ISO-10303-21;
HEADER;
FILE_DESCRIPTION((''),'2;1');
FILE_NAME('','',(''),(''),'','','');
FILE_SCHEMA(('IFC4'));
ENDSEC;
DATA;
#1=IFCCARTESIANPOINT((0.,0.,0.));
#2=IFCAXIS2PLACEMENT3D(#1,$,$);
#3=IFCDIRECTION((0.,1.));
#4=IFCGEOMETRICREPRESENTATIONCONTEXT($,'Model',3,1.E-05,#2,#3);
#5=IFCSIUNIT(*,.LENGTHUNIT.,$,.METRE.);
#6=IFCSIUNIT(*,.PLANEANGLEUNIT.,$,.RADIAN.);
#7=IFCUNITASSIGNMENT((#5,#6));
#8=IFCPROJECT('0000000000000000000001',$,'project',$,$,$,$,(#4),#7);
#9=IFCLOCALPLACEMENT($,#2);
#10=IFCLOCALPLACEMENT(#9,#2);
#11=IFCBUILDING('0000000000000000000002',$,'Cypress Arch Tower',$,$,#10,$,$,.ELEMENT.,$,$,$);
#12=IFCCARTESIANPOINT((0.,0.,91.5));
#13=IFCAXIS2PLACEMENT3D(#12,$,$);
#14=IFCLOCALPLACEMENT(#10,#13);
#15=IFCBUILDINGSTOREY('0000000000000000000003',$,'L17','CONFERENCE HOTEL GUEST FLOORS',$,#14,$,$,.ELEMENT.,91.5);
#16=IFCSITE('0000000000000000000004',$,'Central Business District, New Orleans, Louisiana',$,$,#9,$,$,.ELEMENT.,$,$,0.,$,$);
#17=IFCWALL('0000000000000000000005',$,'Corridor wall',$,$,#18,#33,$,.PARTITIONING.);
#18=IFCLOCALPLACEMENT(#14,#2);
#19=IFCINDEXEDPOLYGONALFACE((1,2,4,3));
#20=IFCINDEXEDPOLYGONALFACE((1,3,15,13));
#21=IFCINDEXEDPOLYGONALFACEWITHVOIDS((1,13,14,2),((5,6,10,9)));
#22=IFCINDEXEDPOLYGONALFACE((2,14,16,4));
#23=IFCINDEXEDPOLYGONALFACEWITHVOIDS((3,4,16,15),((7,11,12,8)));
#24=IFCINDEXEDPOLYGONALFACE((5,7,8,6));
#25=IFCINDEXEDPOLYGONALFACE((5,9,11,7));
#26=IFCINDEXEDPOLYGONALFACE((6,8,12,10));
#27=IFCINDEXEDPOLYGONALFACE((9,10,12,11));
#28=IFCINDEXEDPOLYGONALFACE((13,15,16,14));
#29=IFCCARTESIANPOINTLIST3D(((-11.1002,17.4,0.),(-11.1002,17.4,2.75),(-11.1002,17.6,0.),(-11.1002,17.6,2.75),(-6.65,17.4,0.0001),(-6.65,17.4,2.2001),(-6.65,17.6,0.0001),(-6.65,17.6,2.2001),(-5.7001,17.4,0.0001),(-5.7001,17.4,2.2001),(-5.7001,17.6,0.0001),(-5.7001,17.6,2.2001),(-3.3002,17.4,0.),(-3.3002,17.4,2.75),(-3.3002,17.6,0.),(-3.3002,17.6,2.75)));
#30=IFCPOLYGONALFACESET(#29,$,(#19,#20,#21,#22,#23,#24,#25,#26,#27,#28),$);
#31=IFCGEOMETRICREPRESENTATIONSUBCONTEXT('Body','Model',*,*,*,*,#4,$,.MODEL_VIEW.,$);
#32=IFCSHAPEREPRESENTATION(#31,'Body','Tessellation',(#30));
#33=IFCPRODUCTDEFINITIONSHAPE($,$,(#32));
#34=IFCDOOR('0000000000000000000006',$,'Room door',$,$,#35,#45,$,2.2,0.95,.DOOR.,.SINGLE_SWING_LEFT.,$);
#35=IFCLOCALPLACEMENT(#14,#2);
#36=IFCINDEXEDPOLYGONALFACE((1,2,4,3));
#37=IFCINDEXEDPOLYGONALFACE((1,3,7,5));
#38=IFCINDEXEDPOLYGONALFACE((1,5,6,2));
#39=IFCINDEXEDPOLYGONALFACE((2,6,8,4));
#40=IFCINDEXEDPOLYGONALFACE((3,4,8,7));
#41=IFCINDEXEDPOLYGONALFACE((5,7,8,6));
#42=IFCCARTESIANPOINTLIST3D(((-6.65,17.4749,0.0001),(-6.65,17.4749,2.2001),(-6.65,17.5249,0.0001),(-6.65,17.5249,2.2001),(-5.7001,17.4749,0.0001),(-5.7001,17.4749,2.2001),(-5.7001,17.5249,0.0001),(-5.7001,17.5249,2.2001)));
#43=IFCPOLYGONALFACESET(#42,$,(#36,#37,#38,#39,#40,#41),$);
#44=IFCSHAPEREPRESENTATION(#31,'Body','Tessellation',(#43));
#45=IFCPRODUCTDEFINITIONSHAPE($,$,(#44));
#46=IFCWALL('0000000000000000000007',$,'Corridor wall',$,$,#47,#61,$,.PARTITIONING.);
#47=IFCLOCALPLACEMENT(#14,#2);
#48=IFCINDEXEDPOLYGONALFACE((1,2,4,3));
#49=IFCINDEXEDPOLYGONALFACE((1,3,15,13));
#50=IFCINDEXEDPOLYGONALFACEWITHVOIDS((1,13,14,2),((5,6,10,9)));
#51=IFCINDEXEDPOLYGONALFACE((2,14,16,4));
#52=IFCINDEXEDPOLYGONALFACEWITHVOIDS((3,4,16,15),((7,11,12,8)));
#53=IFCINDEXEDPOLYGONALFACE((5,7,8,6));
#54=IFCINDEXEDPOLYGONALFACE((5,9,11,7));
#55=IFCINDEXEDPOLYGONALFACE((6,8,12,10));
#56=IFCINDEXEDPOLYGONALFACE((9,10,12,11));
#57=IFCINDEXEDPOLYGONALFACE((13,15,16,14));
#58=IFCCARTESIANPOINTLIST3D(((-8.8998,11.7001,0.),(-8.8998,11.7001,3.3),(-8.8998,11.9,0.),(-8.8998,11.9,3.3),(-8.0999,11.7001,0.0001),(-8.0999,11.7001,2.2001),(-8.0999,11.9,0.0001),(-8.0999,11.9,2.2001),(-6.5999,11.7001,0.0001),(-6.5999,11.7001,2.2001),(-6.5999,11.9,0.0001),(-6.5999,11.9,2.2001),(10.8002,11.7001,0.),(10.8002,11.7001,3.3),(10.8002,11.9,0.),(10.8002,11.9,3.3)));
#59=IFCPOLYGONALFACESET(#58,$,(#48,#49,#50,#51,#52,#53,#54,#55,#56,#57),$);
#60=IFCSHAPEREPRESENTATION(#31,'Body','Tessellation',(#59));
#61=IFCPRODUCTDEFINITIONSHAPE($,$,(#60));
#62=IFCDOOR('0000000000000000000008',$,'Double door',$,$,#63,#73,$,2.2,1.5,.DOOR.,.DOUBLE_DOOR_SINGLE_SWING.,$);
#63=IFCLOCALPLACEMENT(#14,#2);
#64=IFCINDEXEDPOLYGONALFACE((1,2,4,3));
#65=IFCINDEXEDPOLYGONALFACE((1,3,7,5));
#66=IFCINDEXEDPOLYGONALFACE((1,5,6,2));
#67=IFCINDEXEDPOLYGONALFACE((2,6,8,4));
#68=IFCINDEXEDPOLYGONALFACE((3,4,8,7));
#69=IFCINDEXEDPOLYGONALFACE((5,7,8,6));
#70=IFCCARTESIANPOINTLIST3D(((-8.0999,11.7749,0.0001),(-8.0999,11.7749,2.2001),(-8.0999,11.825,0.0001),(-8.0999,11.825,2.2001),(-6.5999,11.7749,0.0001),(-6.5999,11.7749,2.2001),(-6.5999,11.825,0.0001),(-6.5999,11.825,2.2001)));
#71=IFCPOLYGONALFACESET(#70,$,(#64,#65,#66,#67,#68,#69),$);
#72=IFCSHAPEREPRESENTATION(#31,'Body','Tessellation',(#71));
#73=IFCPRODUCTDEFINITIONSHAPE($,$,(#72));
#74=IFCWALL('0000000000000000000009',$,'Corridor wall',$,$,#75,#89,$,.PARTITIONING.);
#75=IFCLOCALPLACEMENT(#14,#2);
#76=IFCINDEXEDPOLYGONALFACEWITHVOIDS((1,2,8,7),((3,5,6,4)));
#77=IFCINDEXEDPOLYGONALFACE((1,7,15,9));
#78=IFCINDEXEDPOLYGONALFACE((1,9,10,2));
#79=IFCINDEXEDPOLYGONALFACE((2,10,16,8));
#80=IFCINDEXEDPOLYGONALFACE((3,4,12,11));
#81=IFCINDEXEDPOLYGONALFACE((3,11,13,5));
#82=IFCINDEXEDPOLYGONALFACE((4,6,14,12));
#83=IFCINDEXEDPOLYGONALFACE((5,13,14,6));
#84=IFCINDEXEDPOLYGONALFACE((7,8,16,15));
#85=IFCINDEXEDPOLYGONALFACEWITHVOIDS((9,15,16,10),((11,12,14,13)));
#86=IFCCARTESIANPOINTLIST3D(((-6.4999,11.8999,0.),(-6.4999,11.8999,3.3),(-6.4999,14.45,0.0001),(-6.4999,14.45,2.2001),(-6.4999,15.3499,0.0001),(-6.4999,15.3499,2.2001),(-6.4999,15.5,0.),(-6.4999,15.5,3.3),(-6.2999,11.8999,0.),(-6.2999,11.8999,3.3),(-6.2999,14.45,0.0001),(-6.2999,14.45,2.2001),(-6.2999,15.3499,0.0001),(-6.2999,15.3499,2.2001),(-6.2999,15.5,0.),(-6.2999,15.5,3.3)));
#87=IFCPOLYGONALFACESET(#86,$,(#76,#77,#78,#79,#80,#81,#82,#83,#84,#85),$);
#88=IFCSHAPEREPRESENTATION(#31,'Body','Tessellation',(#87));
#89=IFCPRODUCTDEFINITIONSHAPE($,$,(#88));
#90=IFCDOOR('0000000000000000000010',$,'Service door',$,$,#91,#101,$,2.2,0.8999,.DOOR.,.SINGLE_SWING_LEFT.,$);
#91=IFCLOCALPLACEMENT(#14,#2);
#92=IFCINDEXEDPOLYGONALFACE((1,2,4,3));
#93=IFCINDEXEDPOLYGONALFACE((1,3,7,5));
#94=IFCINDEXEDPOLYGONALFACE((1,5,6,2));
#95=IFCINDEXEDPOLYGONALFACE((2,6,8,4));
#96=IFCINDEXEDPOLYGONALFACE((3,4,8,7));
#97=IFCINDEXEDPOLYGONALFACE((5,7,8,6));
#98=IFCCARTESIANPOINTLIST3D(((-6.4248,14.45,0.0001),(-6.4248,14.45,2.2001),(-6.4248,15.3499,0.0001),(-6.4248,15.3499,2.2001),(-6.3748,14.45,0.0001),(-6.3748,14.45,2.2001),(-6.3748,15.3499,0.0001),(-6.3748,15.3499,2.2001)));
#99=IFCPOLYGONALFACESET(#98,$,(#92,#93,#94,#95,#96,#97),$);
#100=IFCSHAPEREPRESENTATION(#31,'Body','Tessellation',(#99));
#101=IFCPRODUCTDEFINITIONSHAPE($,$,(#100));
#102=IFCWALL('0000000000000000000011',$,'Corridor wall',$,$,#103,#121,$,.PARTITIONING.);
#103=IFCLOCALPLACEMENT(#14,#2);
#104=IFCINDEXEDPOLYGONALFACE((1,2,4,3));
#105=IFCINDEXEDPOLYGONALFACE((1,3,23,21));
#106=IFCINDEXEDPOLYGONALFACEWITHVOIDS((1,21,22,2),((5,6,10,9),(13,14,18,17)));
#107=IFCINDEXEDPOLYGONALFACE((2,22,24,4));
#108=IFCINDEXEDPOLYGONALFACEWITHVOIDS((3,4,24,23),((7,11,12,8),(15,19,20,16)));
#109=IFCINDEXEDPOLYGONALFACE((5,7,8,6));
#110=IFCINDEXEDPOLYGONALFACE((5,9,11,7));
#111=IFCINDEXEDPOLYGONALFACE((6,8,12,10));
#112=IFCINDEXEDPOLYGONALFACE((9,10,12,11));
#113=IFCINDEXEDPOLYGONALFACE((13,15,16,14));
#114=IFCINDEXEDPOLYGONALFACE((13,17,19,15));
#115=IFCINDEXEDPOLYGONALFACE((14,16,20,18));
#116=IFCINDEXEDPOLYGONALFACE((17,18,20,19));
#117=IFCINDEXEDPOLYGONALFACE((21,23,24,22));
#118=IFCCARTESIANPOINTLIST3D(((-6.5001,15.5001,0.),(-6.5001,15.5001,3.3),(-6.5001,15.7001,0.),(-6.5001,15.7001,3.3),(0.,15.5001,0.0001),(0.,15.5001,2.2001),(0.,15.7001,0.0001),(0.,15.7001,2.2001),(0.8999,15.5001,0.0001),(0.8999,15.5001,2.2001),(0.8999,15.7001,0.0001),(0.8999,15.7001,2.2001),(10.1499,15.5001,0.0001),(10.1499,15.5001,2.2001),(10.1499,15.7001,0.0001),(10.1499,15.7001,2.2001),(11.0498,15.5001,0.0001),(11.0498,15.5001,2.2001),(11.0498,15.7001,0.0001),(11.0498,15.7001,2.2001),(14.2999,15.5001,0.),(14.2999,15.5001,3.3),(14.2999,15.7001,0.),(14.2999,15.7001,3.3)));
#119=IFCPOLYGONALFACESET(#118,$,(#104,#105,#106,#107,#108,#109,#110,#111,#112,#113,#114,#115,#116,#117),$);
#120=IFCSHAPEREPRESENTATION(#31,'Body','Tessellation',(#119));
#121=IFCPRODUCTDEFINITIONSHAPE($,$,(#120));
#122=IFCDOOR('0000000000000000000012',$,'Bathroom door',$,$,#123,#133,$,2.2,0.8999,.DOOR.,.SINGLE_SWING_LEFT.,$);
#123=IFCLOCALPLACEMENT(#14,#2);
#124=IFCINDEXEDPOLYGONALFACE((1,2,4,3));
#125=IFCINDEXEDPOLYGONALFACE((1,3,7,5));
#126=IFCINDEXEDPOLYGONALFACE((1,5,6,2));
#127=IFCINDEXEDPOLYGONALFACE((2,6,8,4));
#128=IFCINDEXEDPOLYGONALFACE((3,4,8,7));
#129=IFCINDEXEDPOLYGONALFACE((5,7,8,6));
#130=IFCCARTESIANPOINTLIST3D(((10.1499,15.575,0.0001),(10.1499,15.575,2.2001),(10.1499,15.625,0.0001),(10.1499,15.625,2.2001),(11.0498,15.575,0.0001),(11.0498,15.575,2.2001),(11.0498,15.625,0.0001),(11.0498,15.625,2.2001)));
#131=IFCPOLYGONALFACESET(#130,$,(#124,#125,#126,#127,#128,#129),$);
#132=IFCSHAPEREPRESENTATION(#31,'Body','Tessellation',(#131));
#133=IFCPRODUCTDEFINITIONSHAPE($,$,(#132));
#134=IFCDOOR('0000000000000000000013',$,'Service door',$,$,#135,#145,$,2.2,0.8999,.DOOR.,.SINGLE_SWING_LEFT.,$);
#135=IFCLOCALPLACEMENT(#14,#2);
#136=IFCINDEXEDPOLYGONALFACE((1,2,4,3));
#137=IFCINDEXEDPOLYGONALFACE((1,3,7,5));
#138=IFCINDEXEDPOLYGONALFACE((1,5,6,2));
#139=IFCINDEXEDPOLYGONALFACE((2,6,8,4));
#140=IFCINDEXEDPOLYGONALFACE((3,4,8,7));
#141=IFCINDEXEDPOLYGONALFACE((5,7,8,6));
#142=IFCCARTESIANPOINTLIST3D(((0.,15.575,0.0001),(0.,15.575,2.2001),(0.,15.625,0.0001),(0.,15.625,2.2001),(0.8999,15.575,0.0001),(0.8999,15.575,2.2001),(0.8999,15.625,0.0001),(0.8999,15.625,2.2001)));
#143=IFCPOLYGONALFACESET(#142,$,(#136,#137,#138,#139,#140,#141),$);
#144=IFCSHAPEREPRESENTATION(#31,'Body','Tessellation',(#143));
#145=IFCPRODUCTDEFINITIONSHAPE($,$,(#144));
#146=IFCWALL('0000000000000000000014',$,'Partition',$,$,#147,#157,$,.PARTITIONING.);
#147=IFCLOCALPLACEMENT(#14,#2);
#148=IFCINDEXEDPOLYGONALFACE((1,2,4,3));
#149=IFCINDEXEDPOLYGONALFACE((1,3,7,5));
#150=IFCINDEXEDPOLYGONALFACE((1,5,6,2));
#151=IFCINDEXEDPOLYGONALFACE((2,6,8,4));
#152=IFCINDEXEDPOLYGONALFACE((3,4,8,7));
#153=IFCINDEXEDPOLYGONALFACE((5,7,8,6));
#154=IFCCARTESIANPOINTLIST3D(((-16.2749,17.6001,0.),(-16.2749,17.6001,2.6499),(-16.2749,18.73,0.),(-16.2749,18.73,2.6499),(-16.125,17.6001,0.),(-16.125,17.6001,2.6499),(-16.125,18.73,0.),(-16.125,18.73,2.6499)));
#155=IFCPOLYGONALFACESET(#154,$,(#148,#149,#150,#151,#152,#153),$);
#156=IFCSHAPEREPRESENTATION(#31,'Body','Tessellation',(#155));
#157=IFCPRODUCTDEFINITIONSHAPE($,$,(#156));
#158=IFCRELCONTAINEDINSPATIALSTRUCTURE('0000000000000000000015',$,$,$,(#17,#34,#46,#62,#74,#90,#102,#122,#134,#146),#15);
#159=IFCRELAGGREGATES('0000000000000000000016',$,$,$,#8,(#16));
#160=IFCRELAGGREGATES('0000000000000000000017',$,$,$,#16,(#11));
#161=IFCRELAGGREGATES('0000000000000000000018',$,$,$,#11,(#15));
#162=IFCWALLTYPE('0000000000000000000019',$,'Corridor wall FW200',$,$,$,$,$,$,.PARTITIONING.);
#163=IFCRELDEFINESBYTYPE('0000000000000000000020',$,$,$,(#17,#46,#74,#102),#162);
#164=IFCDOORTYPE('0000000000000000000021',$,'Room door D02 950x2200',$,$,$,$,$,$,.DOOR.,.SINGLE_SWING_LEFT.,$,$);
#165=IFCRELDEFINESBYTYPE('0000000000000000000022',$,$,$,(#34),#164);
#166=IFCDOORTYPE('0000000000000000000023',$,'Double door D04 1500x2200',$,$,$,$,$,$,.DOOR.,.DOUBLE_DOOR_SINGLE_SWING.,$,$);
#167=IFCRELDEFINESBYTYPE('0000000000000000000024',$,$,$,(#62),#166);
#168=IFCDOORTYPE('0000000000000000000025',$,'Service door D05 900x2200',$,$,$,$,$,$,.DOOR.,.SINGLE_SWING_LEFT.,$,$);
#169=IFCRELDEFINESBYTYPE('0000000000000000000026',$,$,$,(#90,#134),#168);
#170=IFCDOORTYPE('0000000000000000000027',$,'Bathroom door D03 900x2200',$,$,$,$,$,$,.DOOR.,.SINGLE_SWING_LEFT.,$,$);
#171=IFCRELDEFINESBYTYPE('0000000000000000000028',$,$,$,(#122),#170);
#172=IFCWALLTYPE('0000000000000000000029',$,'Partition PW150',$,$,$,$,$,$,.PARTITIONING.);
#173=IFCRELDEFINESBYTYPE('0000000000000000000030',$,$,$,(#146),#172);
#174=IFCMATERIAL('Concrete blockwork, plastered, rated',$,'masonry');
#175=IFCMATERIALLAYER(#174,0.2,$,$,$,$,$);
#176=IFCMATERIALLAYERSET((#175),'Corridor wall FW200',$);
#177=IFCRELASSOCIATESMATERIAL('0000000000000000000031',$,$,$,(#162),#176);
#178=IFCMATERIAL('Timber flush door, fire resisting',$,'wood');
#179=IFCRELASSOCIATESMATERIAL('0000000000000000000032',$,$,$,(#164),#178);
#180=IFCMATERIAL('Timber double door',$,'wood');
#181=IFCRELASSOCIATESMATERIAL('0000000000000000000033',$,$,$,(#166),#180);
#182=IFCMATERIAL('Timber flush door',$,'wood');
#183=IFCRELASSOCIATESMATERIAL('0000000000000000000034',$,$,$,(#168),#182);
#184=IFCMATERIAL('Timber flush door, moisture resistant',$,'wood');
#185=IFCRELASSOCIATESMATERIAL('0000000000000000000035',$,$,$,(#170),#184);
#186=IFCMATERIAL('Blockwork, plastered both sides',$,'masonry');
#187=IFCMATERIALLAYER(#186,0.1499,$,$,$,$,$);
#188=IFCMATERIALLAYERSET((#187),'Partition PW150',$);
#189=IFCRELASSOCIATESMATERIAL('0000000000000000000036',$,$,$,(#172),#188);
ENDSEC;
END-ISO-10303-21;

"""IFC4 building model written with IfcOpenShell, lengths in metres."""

from ifc_helpers import new_model, si_unit, direction, frame, frame_2d, origin, place, context, subcontext, project, spatial, rectangle, extrude, material, layer, layer_set, type_object, element, fill, save


model = new_model("IFC4")

# Units and contexts
model_context = context("Model", 3, precision=1e-05, world=origin(), true_north=direction((0.0, 1.0)))
body_context = subcontext(model_context, "Body", "Model", "MODEL_VIEW")
ifc_project = project(units=[si_unit("LENGTHUNIT", "METRE"), si_unit("PLANEANGLEUNIT", "RADIAN")], contexts=[model_context])

# Site, building, storey
site_placement = place(None, origin())
site = spatial("IfcSite", under=ifc_project, at=site_placement, Name="Central Business District, New Orleans, Louisiana", CompositionType="ELEMENT", RefElevation=0.0)
building_placement = place(site_placement, origin())
building = spatial("IfcBuilding", under=site, at=building_placement, Name="Cypress Arch Tower", CompositionType="ELEMENT")
storey_placement = place(building_placement, frame((0.0, 0.0, 91.5)))
storey = spatial("IfcBuildingStorey", under=building, at=storey_placement, Name="L17", Description="CONFERENCE HOTEL GUEST FLOORS", CompositionType="ELEMENT", Elevation=91.5)

# Shared definitions
ifc_material_1 = material(Name="Concrete blockwork, plastered, rated", Category="masonry")
ifc_layer_1 = layer(ifc_material_1, 0.2)
ifc_layer_set_1 = layer_set([ifc_layer_1], Name="Corridor wall FW200")
wall_type_1 = type_object("IfcWallType", Name="Corridor wall FW200", PredefinedType="PARTITIONING", material=ifc_layer_set_1)

# Walls, openings, doors
ifc_material_2 = material(Name="Timber flush door, fire resisting", Category="wood")
door_type_1 = type_object("IfcDoorType", Name="Room door D02 950x2200", OperationType="SINGLE_SWING_LEFT", PredefinedType="DOOR", material=ifc_material_2)
wall_1_placement = place(storey_placement, frame((-11.1001, 17.5, 0.0), z_axis=(0.0, 0.0, 1.0), x_axis=(1.0, 0.0, 0.0)))
wall_1 = element("IfcWall", 1, at=wall_1_placement, inside=storey, type_object=wall_type_1, Name="Corridor wall", PredefinedType="PARTITIONING", context=body_context, shape_type="SweptSolid", body=[
    extrude(rectangle(XDim=7.8, YDim=0.2, at=frame_2d((3.8999, 0.0))), origin(), (0.0, 0.0, 1.0), 2.75),
])
opening_1_placement = place(wall_1_placement, frame((4.45, 0.0, 0.0)))
opening_1 = element("IfcOpeningElement", 2, at=opening_1_placement, cuts=wall_1, PredefinedType="OPENING", context=body_context, shape_type="SweptSolid", body=[
    extrude(rectangle(XDim=0.95, YDim=2.2, at=frame_2d((0.4751, 1.1001))), frame((0.0, 0.1099, 0.0), z_axis=(0.0, -1.0, 0.0), x_axis=(1.0, 0.0, 0.0)), (0.0, 0.0, 1.0), 0.22),
])
door_1_placement = place(opening_1_placement, origin())
door_1 = element("IfcDoor", 3, at=door_1_placement, inside=storey, type_object=door_type_1, Name="Room door", OperationType="SINGLE_SWING_LEFT", OverallHeight=2.2, OverallWidth=0.95, PredefinedType="DOOR", context=body_context, shape_type="SweptSolid", body=[
    extrude(rectangle(XDim=0.95, YDim=2.2, at=frame_2d((0.4751, 1.1001))), frame((0.0, 0.0249, 0.0), z_axis=(0.0, -1.0, 0.0), x_axis=(1.0, 0.0, 0.0)), (0.0, 0.0, 1.0), 0.05),
])
fill(opening_1, door_1)
wall_2_placement = place(storey_placement, frame((-8.8999, 11.8, 0.0), z_axis=(0.0, 0.0, 1.0), x_axis=(1.0, 0.0, 0.0)))
wall_2 = element("IfcWall", 4, at=wall_2_placement, inside=storey, type_object=wall_type_1, Name="Corridor wall", PredefinedType="PARTITIONING", context=body_context, shape_type="SweptSolid", body=[
    extrude(rectangle(XDim=19.7, YDim=0.2, at=frame_2d((9.8501, 0.0))), origin(), (0.0, 0.0, 1.0), 3.3),
])
opening_2_placement = place(wall_2_placement, frame((0.8, 0.0, 0.0)))
opening_2 = element("IfcOpeningElement", 5, at=opening_2_placement, cuts=wall_2, PredefinedType="OPENING", context=body_context, shape_type="SweptSolid", body=[
    extrude(rectangle(XDim=1.5, YDim=2.2, at=frame_2d((0.75, 1.1001))), frame((0.0, 0.1099, 0.0), z_axis=(0.0, -1.0, 0.0), x_axis=(1.0, 0.0, 0.0)), (0.0, 0.0, 1.0), 0.22),
])
ifc_material_3 = material(Name="Timber double door", Category="wood")
door_type_2 = type_object("IfcDoorType", Name="Double door D04 1500x2200", OperationType="DOUBLE_DOOR_SINGLE_SWING", PredefinedType="DOOR", material=ifc_material_3)
door_2_placement = place(opening_2_placement, origin())
door_2 = element("IfcDoor", 6, at=door_2_placement, inside=storey, type_object=door_type_2, Name="Double door", OperationType="DOUBLE_DOOR_SINGLE_SWING", OverallHeight=2.2, OverallWidth=1.5, PredefinedType="DOOR", context=body_context, shape_type="SweptSolid", body=[
    extrude(rectangle(XDim=1.5, YDim=2.2, at=frame_2d((0.75, 1.1001))), frame((0.0, 0.0249, 0.0), z_axis=(0.0, -1.0, 0.0), x_axis=(1.0, 0.0, 0.0)), (0.0, 0.0, 1.0), 0.05),
])
fill(opening_2, door_2)
wall_3_placement = place(storey_placement, frame((-6.3999, 11.8999, 0.0), z_axis=(0.0, 0.0, 1.0), x_axis=(0.0, 1.0, 0.0)))
wall_3 = element("IfcWall", 7, at=wall_3_placement, inside=storey, type_object=wall_type_1, Name="Corridor wall", PredefinedType="PARTITIONING", context=body_context, shape_type="SweptSolid", body=[
    extrude(rectangle(XDim=3.6001, YDim=0.2, at=frame_2d((1.8, 0.0))), origin(), (0.0, 0.0, 1.0), 3.3),
])
opening_3_placement = place(wall_3_placement, frame((2.55, 0.0, 0.0)))
opening_3 = element("IfcOpeningElement", 8, at=opening_3_placement, cuts=wall_3, PredefinedType="OPENING", context=body_context, shape_type="SweptSolid", body=[
    extrude(rectangle(XDim=0.8999, YDim=2.2, at=frame_2d((0.45, 1.1001))), frame((0.0, 0.1099, 0.0), z_axis=(0.0, -1.0, 0.0), x_axis=(1.0, 0.0, 0.0)), (0.0, 0.0, 1.0), 0.22),
])
ifc_material_4 = material(Name="Timber flush door", Category="wood")
door_type_3 = type_object("IfcDoorType", Name="Service door D05 900x2200", OperationType="SINGLE_SWING_LEFT", PredefinedType="DOOR", material=ifc_material_4)
door_3_placement = place(opening_3_placement, origin())
door_3 = element("IfcDoor", 9, at=door_3_placement, inside=storey, type_object=door_type_3, Name="Service door", OperationType="SINGLE_SWING_LEFT", OverallHeight=2.2, OverallWidth=0.8999, PredefinedType="DOOR", context=body_context, shape_type="SweptSolid", body=[
    extrude(rectangle(XDim=0.8999, YDim=2.2, at=frame_2d((0.45, 1.1001))), frame((0.0, 0.0249, 0.0), z_axis=(0.0, -1.0, 0.0), x_axis=(1.0, 0.0, 0.0)), (0.0, 0.0, 1.0), 0.05),
])
fill(opening_3, door_3)

# Wall, openings, doors
wall_4_placement = place(storey_placement, frame((-6.5, 15.6001, 0.0), z_axis=(0.0, 0.0, 1.0), x_axis=(1.0, 0.0, 0.0)))
wall_4 = element("IfcWall", 10, at=wall_4_placement, inside=storey, type_object=wall_type_1, Name="Corridor wall", PredefinedType="PARTITIONING", context=body_context, shape_type="SweptSolid", body=[
    extrude(rectangle(XDim=20.8, YDim=0.2, at=frame_2d((10.3999, 0.0))), origin(), (0.0, 0.0, 1.0), 3.3),
])
opening_4_placement = place(wall_4_placement, frame((6.5, 0.0, 0.0)))
opening_4 = element("IfcOpeningElement", 11, at=opening_4_placement, cuts=wall_4, PredefinedType="OPENING", context=body_context, shape_type="SweptSolid", body=[
    extrude(rectangle(XDim=0.8999, YDim=2.2, at=frame_2d((0.45, 1.1001))), frame((0.0, 0.1099, 0.0), z_axis=(0.0, -1.0, 0.0), x_axis=(1.0, 0.0, 0.0)), (0.0, 0.0, 1.0), 0.22),
])
opening_5_placement = place(wall_4_placement, frame((16.6499, 0.0, 0.0)))
opening_5 = element("IfcOpeningElement", 12, at=opening_5_placement, cuts=wall_4, PredefinedType="OPENING", context=body_context, shape_type="SweptSolid", body=[
    extrude(rectangle(XDim=0.8999, YDim=2.2, at=frame_2d((0.45, 1.1001))), frame((0.0, 0.1099, 0.0), z_axis=(0.0, -1.0, 0.0), x_axis=(1.0, 0.0, 0.0)), (0.0, 0.0, 1.0), 0.22),
])
ifc_material_5 = material(Name="Timber flush door, moisture resistant", Category="wood")
door_type_4 = type_object("IfcDoorType", Name="Bathroom door D03 900x2200", OperationType="SINGLE_SWING_LEFT", PredefinedType="DOOR", material=ifc_material_5)
door_4_placement = place(opening_5_placement, origin())
door_4 = element("IfcDoor", 13, at=door_4_placement, inside=storey, type_object=door_type_4, Name="Bathroom door", OperationType="SINGLE_SWING_LEFT", OverallHeight=2.2, OverallWidth=0.8999, PredefinedType="DOOR", context=body_context, shape_type="SweptSolid", body=[
    extrude(rectangle(XDim=0.8999, YDim=2.2, at=frame_2d((0.45, 1.1001))), frame((0.0, 0.0249, 0.0), z_axis=(0.0, -1.0, 0.0), x_axis=(1.0, 0.0, 0.0)), (0.0, 0.0, 1.0), 0.05),
])
fill(opening_5, door_4)
door_5_placement = place(opening_4_placement, origin())
door_5 = element("IfcDoor", 14, at=door_5_placement, inside=storey, type_object=door_type_3, Name="Service door", OperationType="SINGLE_SWING_LEFT", OverallHeight=2.2, OverallWidth=0.8999, PredefinedType="DOOR", context=body_context, shape_type="SweptSolid", body=[
    extrude(rectangle(XDim=0.8999, YDim=2.2, at=frame_2d((0.45, 1.1001))), frame((0.0, 0.0249, 0.0), z_axis=(0.0, -1.0, 0.0), x_axis=(1.0, 0.0, 0.0)), (0.0, 0.0, 1.0), 0.05),
])
fill(opening_4, door_5)

# Wall
ifc_material_6 = material(Name="Blockwork, plastered both sides", Category="masonry")
ifc_layer_2 = layer(ifc_material_6, 0.1499)
ifc_layer_set_2 = layer_set([ifc_layer_2], Name="Partition PW150")
wall_type_2 = type_object("IfcWallType", Name="Partition PW150", PredefinedType="PARTITIONING", material=ifc_layer_set_2)
wall_5_placement = place(storey_placement, frame((-16.2, 17.6001, 0.0), z_axis=(0.0, 0.0, 1.0), x_axis=(0.0, 1.0, 0.0)))
element("IfcWall", 15, at=wall_5_placement, inside=storey, type_object=wall_type_2, Name="Partition", PredefinedType="PARTITIONING", context=body_context, shape_type="SweptSolid", body=[
    extrude(rectangle(XDim=1.1299, YDim=0.1499, at=frame_2d((0.5649, 0.0))), origin(), (0.0, 0.0, 1.0), 2.6499),
])

save(model, "model.ifc")
